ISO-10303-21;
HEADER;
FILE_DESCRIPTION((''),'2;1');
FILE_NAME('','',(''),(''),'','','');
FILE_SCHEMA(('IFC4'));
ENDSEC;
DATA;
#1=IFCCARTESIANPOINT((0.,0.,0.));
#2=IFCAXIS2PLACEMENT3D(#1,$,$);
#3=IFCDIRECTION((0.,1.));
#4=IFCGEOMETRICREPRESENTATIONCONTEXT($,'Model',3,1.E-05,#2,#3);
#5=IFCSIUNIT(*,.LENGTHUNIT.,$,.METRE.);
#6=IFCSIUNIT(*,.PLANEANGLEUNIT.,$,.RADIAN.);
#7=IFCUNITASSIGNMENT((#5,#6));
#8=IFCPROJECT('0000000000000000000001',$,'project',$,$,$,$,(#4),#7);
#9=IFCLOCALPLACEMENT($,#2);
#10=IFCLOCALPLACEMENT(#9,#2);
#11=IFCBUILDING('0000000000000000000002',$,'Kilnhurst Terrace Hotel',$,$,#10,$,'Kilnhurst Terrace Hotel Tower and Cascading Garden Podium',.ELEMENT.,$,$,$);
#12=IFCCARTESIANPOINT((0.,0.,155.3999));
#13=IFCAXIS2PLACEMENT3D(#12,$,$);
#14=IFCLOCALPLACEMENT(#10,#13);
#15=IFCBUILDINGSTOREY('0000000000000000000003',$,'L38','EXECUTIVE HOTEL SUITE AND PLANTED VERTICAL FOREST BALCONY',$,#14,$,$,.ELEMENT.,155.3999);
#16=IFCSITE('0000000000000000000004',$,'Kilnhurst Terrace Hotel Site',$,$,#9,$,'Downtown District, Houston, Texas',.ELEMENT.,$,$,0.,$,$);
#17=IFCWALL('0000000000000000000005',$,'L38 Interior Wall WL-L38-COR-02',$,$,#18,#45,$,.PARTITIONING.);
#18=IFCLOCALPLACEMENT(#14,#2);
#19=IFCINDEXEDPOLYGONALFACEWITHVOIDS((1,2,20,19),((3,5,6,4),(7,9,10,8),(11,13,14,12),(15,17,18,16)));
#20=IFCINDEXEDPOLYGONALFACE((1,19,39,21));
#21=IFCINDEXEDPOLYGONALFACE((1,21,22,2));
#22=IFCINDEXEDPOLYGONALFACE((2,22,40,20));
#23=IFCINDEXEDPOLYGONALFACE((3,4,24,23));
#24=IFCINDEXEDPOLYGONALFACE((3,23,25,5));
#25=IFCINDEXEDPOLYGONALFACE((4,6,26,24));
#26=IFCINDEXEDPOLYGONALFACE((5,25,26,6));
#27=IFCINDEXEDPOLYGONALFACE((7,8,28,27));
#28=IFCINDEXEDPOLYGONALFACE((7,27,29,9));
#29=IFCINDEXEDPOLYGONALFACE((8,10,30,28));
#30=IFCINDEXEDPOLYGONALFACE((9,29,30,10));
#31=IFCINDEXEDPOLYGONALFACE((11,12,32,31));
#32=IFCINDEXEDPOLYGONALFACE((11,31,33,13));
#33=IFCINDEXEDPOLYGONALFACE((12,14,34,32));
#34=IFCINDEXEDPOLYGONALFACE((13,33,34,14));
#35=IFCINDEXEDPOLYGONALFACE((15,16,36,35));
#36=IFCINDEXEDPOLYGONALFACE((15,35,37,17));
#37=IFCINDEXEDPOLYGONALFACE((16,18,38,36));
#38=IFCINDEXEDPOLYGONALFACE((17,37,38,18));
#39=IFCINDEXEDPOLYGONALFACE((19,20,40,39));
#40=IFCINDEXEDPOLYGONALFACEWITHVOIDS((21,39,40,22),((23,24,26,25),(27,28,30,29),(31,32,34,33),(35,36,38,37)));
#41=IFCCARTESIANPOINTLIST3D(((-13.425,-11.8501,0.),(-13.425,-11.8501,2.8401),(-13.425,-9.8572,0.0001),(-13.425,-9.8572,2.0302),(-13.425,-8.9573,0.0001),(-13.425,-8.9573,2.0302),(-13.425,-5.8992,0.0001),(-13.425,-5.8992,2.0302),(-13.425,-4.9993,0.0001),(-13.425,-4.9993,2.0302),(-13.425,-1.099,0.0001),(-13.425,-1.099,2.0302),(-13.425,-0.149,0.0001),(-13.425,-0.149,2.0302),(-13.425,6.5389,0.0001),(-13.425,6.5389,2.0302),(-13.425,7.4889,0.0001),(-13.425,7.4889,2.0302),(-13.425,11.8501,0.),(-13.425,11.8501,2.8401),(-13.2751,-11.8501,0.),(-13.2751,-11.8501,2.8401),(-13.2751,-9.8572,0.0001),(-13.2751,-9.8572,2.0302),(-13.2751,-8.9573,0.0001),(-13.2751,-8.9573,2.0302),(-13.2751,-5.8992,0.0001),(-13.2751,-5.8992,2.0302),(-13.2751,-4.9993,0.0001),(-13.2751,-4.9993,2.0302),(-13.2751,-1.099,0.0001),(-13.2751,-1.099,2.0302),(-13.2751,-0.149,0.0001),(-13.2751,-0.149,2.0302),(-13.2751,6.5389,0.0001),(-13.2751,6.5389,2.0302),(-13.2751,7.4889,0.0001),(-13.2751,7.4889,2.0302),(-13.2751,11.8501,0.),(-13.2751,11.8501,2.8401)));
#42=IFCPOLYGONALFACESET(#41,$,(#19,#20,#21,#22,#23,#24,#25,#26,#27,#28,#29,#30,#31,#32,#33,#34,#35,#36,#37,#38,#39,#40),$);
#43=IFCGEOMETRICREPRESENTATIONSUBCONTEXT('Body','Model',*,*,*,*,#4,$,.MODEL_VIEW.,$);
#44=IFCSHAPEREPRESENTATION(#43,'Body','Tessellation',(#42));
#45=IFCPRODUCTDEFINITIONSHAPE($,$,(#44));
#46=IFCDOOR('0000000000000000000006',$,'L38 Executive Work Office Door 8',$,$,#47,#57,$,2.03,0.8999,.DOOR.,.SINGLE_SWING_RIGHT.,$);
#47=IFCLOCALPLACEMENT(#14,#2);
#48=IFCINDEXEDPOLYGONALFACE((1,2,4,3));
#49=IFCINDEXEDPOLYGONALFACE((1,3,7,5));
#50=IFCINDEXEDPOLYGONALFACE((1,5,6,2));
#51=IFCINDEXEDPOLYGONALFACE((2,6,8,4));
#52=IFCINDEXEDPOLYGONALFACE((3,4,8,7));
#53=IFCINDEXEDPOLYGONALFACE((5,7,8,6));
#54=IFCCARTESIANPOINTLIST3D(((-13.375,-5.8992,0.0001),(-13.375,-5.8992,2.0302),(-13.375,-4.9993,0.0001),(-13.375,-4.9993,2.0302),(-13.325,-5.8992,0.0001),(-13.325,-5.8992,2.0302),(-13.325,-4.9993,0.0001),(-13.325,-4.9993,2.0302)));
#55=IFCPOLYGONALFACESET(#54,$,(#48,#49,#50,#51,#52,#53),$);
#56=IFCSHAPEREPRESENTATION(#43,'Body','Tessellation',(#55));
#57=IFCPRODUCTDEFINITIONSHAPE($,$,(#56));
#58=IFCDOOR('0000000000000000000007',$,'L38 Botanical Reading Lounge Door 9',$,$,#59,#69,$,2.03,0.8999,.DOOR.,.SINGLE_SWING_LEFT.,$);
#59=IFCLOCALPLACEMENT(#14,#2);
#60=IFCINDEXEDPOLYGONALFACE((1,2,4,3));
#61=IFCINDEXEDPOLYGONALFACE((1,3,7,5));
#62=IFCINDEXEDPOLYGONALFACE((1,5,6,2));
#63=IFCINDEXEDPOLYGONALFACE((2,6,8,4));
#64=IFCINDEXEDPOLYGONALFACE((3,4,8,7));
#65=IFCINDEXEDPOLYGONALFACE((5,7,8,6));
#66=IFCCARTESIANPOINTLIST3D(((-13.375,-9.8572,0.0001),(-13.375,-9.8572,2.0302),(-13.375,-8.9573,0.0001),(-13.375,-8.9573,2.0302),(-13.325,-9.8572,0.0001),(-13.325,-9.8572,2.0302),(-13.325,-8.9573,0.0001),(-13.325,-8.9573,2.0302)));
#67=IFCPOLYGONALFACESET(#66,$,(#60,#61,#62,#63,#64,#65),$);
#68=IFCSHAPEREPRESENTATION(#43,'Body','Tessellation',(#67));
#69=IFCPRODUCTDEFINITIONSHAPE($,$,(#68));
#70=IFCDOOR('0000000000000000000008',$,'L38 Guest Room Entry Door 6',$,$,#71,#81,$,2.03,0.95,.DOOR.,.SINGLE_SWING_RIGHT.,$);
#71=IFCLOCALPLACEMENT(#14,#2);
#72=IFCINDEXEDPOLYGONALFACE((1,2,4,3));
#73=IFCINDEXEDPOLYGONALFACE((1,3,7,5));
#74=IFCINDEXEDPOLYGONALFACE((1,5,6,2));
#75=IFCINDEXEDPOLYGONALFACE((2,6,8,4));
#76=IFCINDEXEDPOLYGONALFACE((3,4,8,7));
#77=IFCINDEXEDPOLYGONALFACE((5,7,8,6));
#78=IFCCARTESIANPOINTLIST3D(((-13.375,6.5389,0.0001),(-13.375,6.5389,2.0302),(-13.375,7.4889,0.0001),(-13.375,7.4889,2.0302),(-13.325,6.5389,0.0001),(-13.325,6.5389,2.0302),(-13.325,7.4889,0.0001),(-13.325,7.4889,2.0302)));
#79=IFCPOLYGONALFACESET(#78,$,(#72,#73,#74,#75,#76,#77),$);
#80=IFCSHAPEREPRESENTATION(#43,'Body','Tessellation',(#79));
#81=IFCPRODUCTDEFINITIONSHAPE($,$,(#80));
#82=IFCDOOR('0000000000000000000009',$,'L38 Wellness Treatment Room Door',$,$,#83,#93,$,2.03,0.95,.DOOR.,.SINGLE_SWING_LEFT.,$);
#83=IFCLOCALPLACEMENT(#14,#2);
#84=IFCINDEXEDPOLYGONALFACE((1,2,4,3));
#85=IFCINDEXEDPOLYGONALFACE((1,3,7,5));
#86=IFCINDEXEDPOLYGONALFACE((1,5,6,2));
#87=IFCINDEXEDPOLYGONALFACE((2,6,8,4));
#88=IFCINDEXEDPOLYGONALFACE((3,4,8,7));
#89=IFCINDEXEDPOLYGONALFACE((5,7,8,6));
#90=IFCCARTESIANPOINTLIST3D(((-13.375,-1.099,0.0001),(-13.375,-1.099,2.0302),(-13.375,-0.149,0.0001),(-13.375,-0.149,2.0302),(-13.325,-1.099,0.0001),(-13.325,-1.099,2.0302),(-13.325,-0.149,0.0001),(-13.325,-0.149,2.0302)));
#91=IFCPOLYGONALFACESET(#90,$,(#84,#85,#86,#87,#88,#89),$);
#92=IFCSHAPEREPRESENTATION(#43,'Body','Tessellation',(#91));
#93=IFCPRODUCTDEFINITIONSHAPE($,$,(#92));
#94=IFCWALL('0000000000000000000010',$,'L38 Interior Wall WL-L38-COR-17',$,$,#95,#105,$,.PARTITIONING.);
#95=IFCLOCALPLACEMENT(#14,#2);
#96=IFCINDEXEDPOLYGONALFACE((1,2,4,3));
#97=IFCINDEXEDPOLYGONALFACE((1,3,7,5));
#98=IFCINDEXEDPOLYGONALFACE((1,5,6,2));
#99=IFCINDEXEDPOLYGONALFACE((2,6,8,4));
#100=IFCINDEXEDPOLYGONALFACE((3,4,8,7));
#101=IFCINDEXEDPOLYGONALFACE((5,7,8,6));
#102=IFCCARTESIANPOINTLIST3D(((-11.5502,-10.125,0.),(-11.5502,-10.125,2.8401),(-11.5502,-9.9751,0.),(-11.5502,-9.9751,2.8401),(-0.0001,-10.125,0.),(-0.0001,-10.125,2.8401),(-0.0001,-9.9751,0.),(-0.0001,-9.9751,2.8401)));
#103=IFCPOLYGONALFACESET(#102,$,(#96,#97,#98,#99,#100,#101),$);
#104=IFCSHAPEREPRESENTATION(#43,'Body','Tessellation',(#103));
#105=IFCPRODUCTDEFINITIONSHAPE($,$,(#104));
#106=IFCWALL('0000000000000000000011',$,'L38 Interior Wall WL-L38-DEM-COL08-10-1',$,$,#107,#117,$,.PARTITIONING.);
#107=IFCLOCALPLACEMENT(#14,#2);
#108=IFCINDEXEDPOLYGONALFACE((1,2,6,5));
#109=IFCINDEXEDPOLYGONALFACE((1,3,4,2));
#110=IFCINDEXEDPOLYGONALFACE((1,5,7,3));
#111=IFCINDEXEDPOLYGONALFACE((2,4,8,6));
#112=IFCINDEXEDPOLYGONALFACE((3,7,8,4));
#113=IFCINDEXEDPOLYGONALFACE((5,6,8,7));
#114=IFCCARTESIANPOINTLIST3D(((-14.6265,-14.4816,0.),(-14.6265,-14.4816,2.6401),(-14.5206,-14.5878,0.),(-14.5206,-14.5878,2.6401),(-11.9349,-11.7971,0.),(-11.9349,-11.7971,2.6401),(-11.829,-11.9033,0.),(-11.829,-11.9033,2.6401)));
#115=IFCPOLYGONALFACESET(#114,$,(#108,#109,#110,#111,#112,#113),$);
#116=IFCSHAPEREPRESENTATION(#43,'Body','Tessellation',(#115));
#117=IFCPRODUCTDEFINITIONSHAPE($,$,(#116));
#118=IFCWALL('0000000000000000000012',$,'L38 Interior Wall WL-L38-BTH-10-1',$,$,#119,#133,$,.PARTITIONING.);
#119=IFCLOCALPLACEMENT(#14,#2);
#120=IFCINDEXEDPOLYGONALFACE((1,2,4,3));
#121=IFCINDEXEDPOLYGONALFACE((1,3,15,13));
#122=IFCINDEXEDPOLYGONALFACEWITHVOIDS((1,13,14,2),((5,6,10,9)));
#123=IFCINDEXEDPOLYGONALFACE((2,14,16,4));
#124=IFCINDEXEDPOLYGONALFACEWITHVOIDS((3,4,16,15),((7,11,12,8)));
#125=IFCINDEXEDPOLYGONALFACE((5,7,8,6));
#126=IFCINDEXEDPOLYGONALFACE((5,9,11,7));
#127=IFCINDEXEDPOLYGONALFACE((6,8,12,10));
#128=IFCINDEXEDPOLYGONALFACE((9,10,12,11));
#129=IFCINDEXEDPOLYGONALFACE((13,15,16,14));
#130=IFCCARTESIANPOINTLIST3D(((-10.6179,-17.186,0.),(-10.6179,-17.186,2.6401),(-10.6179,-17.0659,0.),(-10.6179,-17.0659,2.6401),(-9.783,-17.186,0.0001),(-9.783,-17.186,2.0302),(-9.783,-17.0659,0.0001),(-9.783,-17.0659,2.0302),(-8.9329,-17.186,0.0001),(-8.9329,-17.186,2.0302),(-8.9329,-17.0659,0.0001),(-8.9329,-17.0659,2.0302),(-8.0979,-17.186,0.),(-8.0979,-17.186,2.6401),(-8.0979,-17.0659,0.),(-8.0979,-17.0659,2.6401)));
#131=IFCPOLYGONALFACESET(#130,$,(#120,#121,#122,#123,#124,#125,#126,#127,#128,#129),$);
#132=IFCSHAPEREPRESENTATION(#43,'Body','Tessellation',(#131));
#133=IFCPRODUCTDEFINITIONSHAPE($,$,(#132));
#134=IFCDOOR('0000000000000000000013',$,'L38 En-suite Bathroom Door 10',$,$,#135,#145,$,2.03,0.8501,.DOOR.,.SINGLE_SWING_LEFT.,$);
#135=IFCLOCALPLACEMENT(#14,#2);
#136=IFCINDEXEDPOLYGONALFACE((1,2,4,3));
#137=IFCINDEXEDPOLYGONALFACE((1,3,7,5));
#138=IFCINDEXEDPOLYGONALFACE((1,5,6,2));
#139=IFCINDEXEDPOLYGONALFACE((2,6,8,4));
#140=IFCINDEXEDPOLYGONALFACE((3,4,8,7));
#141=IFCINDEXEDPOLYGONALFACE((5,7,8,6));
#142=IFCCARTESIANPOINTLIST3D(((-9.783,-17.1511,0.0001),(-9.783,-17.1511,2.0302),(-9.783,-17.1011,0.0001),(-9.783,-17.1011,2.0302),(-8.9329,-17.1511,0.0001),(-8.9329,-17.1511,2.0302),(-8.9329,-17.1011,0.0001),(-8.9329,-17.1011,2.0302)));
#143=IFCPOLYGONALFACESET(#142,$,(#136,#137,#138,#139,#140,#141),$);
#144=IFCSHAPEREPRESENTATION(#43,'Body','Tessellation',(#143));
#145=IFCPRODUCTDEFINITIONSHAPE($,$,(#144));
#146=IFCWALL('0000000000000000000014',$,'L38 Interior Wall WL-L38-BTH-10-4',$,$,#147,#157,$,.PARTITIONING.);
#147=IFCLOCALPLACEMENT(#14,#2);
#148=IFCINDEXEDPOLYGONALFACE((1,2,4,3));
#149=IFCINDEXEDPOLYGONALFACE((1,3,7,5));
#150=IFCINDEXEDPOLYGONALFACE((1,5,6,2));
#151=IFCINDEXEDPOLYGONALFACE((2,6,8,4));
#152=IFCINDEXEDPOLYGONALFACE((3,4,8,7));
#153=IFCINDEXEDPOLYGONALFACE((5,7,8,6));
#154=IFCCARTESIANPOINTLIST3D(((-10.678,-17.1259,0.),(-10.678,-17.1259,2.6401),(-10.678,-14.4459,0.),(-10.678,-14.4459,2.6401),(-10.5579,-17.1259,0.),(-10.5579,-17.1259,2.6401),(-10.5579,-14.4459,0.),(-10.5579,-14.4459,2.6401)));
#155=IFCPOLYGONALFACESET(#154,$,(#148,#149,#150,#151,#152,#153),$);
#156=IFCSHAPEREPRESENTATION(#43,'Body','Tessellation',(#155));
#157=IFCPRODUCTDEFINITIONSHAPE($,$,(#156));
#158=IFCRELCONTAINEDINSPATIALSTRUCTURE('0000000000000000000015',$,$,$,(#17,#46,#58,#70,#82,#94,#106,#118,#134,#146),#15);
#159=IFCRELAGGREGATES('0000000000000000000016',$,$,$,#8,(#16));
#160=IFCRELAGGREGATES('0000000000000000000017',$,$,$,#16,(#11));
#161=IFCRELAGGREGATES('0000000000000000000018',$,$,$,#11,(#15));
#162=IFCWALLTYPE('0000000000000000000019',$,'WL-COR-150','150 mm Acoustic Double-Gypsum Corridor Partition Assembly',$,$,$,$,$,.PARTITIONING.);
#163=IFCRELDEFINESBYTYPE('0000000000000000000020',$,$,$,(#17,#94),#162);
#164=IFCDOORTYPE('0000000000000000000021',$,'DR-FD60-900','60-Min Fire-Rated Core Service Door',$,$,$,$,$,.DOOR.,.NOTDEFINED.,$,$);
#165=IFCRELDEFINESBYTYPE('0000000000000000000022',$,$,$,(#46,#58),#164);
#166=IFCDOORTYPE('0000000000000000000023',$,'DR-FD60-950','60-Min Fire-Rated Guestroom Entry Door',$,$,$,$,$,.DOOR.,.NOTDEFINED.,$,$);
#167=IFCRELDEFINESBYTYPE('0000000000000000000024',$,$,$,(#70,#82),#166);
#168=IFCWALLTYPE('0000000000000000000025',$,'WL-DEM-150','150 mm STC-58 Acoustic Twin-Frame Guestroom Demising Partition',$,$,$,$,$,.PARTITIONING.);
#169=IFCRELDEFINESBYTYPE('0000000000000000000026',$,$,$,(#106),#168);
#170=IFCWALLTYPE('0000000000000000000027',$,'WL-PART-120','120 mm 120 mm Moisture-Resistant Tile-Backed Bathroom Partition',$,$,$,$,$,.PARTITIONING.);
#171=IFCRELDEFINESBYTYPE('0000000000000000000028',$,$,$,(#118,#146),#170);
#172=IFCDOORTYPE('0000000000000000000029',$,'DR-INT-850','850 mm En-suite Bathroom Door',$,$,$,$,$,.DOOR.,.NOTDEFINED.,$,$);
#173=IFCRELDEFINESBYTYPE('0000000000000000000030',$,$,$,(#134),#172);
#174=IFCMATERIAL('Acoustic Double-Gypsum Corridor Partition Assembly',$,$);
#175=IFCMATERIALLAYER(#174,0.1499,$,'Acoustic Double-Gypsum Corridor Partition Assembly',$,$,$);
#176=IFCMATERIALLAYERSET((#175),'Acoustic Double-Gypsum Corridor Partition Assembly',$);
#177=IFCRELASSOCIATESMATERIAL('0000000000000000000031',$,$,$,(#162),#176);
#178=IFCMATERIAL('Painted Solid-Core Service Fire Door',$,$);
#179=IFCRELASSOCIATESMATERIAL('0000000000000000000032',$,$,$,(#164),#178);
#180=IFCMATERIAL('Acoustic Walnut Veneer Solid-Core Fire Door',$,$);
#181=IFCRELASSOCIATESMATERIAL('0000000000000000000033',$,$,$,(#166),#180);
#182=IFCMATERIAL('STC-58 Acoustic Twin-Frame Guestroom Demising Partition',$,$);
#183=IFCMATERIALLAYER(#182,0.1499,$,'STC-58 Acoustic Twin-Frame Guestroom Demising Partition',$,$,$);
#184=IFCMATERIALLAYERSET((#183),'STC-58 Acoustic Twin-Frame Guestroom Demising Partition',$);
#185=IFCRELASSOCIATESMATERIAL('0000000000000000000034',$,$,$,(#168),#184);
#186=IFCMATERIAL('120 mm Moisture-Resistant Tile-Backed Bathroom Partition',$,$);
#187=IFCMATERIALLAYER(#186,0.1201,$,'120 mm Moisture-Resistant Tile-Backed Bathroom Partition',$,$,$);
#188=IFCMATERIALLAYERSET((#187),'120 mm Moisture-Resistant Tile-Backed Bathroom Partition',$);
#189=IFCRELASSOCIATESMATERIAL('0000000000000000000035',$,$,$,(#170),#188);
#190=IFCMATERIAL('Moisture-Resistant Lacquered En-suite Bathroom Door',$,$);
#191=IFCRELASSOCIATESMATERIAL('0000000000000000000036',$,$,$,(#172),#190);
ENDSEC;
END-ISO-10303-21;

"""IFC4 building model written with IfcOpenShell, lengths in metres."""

from ifc_helpers import new_model, si_unit, direction, frame, frame_2d, origin, place, context, subcontext, project, spatial, rectangle, extrude, material, layer, layer_set, type_object, element, fill, save


model = new_model("IFC4")

# Units and contexts
model_context = context("Model", 3, precision=1e-05, world=origin(), true_north=direction((0.0, 1.0)))
body_context = subcontext(model_context, "Body", "Model", "MODEL_VIEW")
ifc_project = project(units=[si_unit("LENGTHUNIT", "METRE"), si_unit("PLANEANGLEUNIT", "RADIAN")], contexts=[model_context])

# Site, building, storey
site_placement = place(None, origin())
site = spatial("IfcSite", under=ifc_project, at=site_placement, Name="Kilnhurst Terrace Hotel Site", LongName="Downtown District, Houston, Texas", CompositionType="ELEMENT", RefElevation=0.0)
building_placement = place(site_placement, origin())
building = spatial("IfcBuilding", under=site, at=building_placement, Name="Kilnhurst Terrace Hotel", LongName="Kilnhurst Terrace Hotel Tower and Cascading Garden Podium", CompositionType="ELEMENT")
storey_placement = place(building_placement, frame((0.0, 0.0, 155.3999)))
storey = spatial("IfcBuildingStorey", under=building, at=storey_placement, Name="L38", Description="EXECUTIVE HOTEL SUITE AND PLANTED VERTICAL FOREST BALCONY", CompositionType="ELEMENT", Elevation=155.3999)

# Wall, openings, doors
ifc_material_1 = material(Name="Acoustic Double-Gypsum Corridor Partition Assembly")
ifc_layer_1 = layer(ifc_material_1, 0.1499, Name="Acoustic Double-Gypsum Corridor Partition Assembly")
ifc_layer_set_1 = layer_set([ifc_layer_1], Name="Acoustic Double-Gypsum Corridor Partition Assembly")
wall_type_1 = type_object("IfcWallType", Name="WL-COR-150", Description="150 mm Acoustic Double-Gypsum Corridor Partition Assembly", PredefinedType="PARTITIONING", material=ifc_layer_set_1)
wall_1_placement = place(storey_placement, frame((-13.3501, -11.8501, 0.0), z_axis=(0.0, 0.0, 1.0), x_axis=(0.0, 1.0, 0.0)))
wall_1 = element("IfcWall", 1, at=wall_1_placement, inside=storey, type_object=wall_type_1, Name="L38 Interior Wall WL-L38-COR-02", PredefinedType="PARTITIONING", context=body_context, shape_type="SweptSolid", body=[
    extrude(rectangle(XDim=23.7002, YDim=0.1499, at=frame_2d((11.8501, 0.0))), origin(), (0.0, 0.0, 1.0), 2.8401),
])
opening_1_placement = place(wall_1_placement, frame((18.3889, 0.0, 0.0)))
opening_1 = element("IfcOpeningElement", 2, at=opening_1_placement, cuts=wall_1, PredefinedType="OPENING", context=body_context, shape_type="SweptSolid", body=[
    extrude(rectangle(XDim=0.95, YDim=2.03, at=frame_2d((0.4751, 1.0151))), frame((0.0, 0.085, 0.0), z_axis=(0.0, -1.0, 0.0), x_axis=(1.0, 0.0, 0.0)), (0.0, 0.0, 1.0), 0.1699),
])
opening_2_placement = place(wall_1_placement, frame((10.751, 0.0, 0.0)))
opening_2 = element("IfcOpeningElement", 3, at=opening_2_placement, cuts=wall_1, PredefinedType="OPENING", context=body_context, shape_type="SweptSolid", body=[
    extrude(rectangle(XDim=0.95, YDim=2.03, at=frame_2d((0.4751, 1.0151))), frame((0.0, 0.085, 0.0), z_axis=(0.0, -1.0, 0.0), x_axis=(1.0, 0.0, 0.0)), (0.0, 0.0, 1.0), 0.1699),
])
opening_3_placement = place(wall_1_placement, frame((5.9509, 0.0, 0.0)))
opening_3 = element("IfcOpeningElement", 4, at=opening_3_placement, cuts=wall_1, PredefinedType="OPENING", context=body_context, shape_type="SweptSolid", body=[
    extrude(rectangle(XDim=0.8999, YDim=2.03, at=frame_2d((0.45, 1.0151))), frame((0.0, 0.085, 0.0), z_axis=(0.0, -1.0, 0.0), x_axis=(1.0, 0.0, 0.0)), (0.0, 0.0, 1.0), 0.1699),
])
opening_4_placement = place(wall_1_placement, frame((1.9929, 0.0, 0.0)))
opening_4 = element("IfcOpeningElement", 5, at=opening_4_placement, cuts=wall_1, PredefinedType="OPENING", context=body_context, shape_type="SweptSolid", body=[
    extrude(rectangle(XDim=0.8999, YDim=2.03, at=frame_2d((0.45, 1.0151))), frame((0.0, 0.085, 0.0), z_axis=(0.0, -1.0, 0.0), x_axis=(1.0, 0.0, 0.0)), (0.0, 0.0, 1.0), 0.1699),
])
ifc_material_2 = material(Name="Painted Solid-Core Service Fire Door")
door_type_1 = type_object("IfcDoorType", Name="DR-FD60-900", Description="60-Min Fire-Rated Core Service Door", OperationType="NOTDEFINED", PredefinedType="DOOR", material=ifc_material_2)
door_1_placement = place(opening_3_placement, origin())
door_1 = element("IfcDoor", 6, at=door_1_placement, inside=storey, type_object=door_type_1, Name="L38 Executive Work Office Door 8", OperationType="SINGLE_SWING_RIGHT", OverallHeight=2.03, OverallWidth=0.8999, PredefinedType="DOOR", context=body_context, shape_type="SweptSolid", body=[
    extrude(rectangle(XDim=0.8999, YDim=2.03, at=frame_2d((0.45, 1.0151))), frame((0.0, 0.0249, 0.0), z_axis=(0.0, -1.0, 0.0), x_axis=(1.0, 0.0, 0.0)), (0.0, 0.0, 1.0), 0.05),
])
fill(opening_3, door_1)
door_2_placement = place(opening_4_placement, origin())
door_2 = element("IfcDoor", 7, at=door_2_placement, inside=storey, type_object=door_type_1, Name="L38 Botanical Reading Lounge Door 9", OperationType="SINGLE_SWING_LEFT", OverallHeight=2.03, OverallWidth=0.8999, PredefinedType="DOOR", context=body_context, shape_type="SweptSolid", body=[
    extrude(rectangle(XDim=0.8999, YDim=2.03, at=frame_2d((0.45, 1.0151))), frame((0.0, 0.0249, 0.0), z_axis=(0.0, -1.0, 0.0), x_axis=(1.0, 0.0, 0.0)), (0.0, 0.0, 1.0), 0.05),
])
fill(opening_4, door_2)
ifc_material_3 = material(Name="Acoustic Walnut Veneer Solid-Core Fire Door")
door_type_2 = type_object("IfcDoorType", Name="DR-FD60-950", Description="60-Min Fire-Rated Guestroom Entry Door", OperationType="NOTDEFINED", PredefinedType="DOOR", material=ifc_material_3)
door_3_placement = place(opening_1_placement, origin())
door_3 = element("IfcDoor", 8, at=door_3_placement, inside=storey, type_object=door_type_2, Name="L38 Guest Room Entry Door 6", OperationType="SINGLE_SWING_RIGHT", OverallHeight=2.03, OverallWidth=0.95, PredefinedType="DOOR", context=body_context, shape_type="SweptSolid", body=[
    extrude(rectangle(XDim=0.95, YDim=2.03, at=frame_2d((0.4751, 1.0151))), frame((0.0, 0.0249, 0.0), z_axis=(0.0, -1.0, 0.0), x_axis=(1.0, 0.0, 0.0)), (0.0, 0.0, 1.0), 0.05),
])
fill(opening_1, door_3)
door_4_placement = place(opening_2_placement, origin())
door_4 = element("IfcDoor", 9, at=door_4_placement, inside=storey, type_object=door_type_2, Name="L38 Wellness Treatment Room Door", OperationType="SINGLE_SWING_LEFT", OverallHeight=2.03, OverallWidth=0.95, PredefinedType="DOOR", context=body_context, shape_type="SweptSolid", body=[
    extrude(rectangle(XDim=0.95, YDim=2.03, at=frame_2d((0.4751, 1.0151))), frame((0.0, 0.0249, 0.0), z_axis=(0.0, -1.0, 0.0), x_axis=(1.0, 0.0, 0.0)), (0.0, 0.0, 1.0), 0.05),
])
fill(opening_2, door_4)

# Walls
wall_2_placement = place(storey_placement, frame((-11.55, -10.05, 0.0), z_axis=(0.0, 0.0, 1.0), x_axis=(1.0, 0.0, 0.0)))
element("IfcWall", 10, at=wall_2_placement, inside=storey, type_object=wall_type_1, Name="L38 Interior Wall WL-L38-COR-17", PredefinedType="PARTITIONING", context=body_context, shape_type="SweptSolid", body=[
    extrude(rectangle(XDim=11.55, YDim=0.1499, at=frame_2d((5.7749, 0.0))), origin(), (0.0, 0.0, 1.0), 2.8401),
])
ifc_material_4 = material(Name="STC-58 Acoustic Twin-Frame Guestroom Demising Partition")
ifc_layer_2 = layer(ifc_material_4, 0.1499, Name="STC-58 Acoustic Twin-Frame Guestroom Demising Partition")
ifc_layer_set_2 = layer_set([ifc_layer_2], Name="STC-58 Acoustic Twin-Frame Guestroom Demising Partition")
wall_type_2 = type_object("IfcWallType", Name="WL-DEM-150", Description="150 mm STC-58 Acoustic Twin-Frame Guestroom Demising Partition", PredefinedType="PARTITIONING", material=ifc_layer_set_2)
wall_3_placement = place(storey_placement, frame((-11.8818, -11.8501, 0.0), z_axis=(0.0, 0.0, 1.0), x_axis=(-0.708037, -0.706175, 0.0)))
element("IfcWall", 11, at=wall_3_placement, inside=storey, type_object=wall_type_2, Name="L38 Interior Wall WL-L38-DEM-COL08-10-1", PredefinedType="PARTITIONING", context=body_context, shape_type="SweptSolid", body=[
    extrude(rectangle(XDim=3.8015, YDim=0.1499, at=frame_2d((1.9009, 0.0))), origin(), (0.0, 0.0, 1.0), 2.6401),
])

# Wall, opening, door
ifc_material_5 = material(Name="120 mm Moisture-Resistant Tile-Backed Bathroom Partition")
ifc_layer_3 = layer(ifc_material_5, 0.1201, Name="120 mm Moisture-Resistant Tile-Backed Bathroom Partition")
ifc_layer_set_3 = layer_set([ifc_layer_3], Name="120 mm Moisture-Resistant Tile-Backed Bathroom Partition")
wall_type_3 = type_object("IfcWallType", Name="WL-PART-120", Description="120 mm 120 mm Moisture-Resistant Tile-Backed Bathroom Partition", PredefinedType="PARTITIONING", material=ifc_layer_set_3)
wall_4_placement = place(storey_placement, frame((-10.6179, -17.126, 0.0), z_axis=(0.0, 0.0, 1.0), x_axis=(1.0, 0.0, 0.0)))
wall_4 = element("IfcWall", 12, at=wall_4_placement, inside=storey, type_object=wall_type_3, Name="L38 Interior Wall WL-L38-BTH-10-1", PredefinedType="PARTITIONING", context=body_context, shape_type="SweptSolid", body=[
    extrude(rectangle(XDim=2.52, YDim=0.1201, at=frame_2d((1.26, 0.0))), origin(), (0.0, 0.0, 1.0), 2.6401),
])
opening_5_placement = place(wall_4_placement, frame((0.835, 0.0, 0.0)))
opening_5 = element("IfcOpeningElement", 13, at=opening_5_placement, cuts=wall_4, PredefinedType="OPENING", context=body_context, shape_type="SweptSolid", body=[
    extrude(rectangle(XDim=0.8501, YDim=2.03, at=frame_2d((0.425, 1.0151))), frame((0.0, 0.0701, 0.0), z_axis=(0.0, -1.0, 0.0), x_axis=(1.0, 0.0, 0.0)), (0.0, 0.0, 1.0), 0.1401),
])
ifc_material_6 = material(Name="Moisture-Resistant Lacquered En-suite Bathroom Door")
door_type_3 = type_object("IfcDoorType", Name="DR-INT-850", Description="850 mm En-suite Bathroom Door", OperationType="NOTDEFINED", PredefinedType="DOOR", material=ifc_material_6)
door_5_placement = place(opening_5_placement, origin())
door_5 = element("IfcDoor", 14, at=door_5_placement, inside=storey, type_object=door_type_3, Name="L38 En-suite Bathroom Door 10", OperationType="SINGLE_SWING_LEFT", OverallHeight=2.03, OverallWidth=0.8501, PredefinedType="DOOR", context=body_context, shape_type="SweptSolid", body=[
    extrude(rectangle(XDim=0.8501, YDim=2.03, at=frame_2d((0.425, 1.0151))), frame((0.0, 0.0249, 0.0), z_axis=(0.0, -1.0, 0.0), x_axis=(1.0, 0.0, 0.0)), (0.0, 0.0, 1.0), 0.05),
])
fill(opening_5, door_5)

# Wall
wall_5_placement = place(storey_placement, frame((-10.6179, -14.446, 0.0), z_axis=(0.0, 0.0, 1.0), x_axis=(0.0, -1.0, 0.0)))
element("IfcWall", 15, at=wall_5_placement, inside=storey, type_object=wall_type_3, Name="L38 Interior Wall WL-L38-BTH-10-4", PredefinedType="PARTITIONING", context=body_context, shape_type="SweptSolid", body=[
    extrude(rectangle(XDim=2.6799, YDim=0.1201, at=frame_2d((1.3398, 0.0))), origin(), (0.0, 0.0, 1.0), 2.6401),
])

save(model, "model.ifc")
